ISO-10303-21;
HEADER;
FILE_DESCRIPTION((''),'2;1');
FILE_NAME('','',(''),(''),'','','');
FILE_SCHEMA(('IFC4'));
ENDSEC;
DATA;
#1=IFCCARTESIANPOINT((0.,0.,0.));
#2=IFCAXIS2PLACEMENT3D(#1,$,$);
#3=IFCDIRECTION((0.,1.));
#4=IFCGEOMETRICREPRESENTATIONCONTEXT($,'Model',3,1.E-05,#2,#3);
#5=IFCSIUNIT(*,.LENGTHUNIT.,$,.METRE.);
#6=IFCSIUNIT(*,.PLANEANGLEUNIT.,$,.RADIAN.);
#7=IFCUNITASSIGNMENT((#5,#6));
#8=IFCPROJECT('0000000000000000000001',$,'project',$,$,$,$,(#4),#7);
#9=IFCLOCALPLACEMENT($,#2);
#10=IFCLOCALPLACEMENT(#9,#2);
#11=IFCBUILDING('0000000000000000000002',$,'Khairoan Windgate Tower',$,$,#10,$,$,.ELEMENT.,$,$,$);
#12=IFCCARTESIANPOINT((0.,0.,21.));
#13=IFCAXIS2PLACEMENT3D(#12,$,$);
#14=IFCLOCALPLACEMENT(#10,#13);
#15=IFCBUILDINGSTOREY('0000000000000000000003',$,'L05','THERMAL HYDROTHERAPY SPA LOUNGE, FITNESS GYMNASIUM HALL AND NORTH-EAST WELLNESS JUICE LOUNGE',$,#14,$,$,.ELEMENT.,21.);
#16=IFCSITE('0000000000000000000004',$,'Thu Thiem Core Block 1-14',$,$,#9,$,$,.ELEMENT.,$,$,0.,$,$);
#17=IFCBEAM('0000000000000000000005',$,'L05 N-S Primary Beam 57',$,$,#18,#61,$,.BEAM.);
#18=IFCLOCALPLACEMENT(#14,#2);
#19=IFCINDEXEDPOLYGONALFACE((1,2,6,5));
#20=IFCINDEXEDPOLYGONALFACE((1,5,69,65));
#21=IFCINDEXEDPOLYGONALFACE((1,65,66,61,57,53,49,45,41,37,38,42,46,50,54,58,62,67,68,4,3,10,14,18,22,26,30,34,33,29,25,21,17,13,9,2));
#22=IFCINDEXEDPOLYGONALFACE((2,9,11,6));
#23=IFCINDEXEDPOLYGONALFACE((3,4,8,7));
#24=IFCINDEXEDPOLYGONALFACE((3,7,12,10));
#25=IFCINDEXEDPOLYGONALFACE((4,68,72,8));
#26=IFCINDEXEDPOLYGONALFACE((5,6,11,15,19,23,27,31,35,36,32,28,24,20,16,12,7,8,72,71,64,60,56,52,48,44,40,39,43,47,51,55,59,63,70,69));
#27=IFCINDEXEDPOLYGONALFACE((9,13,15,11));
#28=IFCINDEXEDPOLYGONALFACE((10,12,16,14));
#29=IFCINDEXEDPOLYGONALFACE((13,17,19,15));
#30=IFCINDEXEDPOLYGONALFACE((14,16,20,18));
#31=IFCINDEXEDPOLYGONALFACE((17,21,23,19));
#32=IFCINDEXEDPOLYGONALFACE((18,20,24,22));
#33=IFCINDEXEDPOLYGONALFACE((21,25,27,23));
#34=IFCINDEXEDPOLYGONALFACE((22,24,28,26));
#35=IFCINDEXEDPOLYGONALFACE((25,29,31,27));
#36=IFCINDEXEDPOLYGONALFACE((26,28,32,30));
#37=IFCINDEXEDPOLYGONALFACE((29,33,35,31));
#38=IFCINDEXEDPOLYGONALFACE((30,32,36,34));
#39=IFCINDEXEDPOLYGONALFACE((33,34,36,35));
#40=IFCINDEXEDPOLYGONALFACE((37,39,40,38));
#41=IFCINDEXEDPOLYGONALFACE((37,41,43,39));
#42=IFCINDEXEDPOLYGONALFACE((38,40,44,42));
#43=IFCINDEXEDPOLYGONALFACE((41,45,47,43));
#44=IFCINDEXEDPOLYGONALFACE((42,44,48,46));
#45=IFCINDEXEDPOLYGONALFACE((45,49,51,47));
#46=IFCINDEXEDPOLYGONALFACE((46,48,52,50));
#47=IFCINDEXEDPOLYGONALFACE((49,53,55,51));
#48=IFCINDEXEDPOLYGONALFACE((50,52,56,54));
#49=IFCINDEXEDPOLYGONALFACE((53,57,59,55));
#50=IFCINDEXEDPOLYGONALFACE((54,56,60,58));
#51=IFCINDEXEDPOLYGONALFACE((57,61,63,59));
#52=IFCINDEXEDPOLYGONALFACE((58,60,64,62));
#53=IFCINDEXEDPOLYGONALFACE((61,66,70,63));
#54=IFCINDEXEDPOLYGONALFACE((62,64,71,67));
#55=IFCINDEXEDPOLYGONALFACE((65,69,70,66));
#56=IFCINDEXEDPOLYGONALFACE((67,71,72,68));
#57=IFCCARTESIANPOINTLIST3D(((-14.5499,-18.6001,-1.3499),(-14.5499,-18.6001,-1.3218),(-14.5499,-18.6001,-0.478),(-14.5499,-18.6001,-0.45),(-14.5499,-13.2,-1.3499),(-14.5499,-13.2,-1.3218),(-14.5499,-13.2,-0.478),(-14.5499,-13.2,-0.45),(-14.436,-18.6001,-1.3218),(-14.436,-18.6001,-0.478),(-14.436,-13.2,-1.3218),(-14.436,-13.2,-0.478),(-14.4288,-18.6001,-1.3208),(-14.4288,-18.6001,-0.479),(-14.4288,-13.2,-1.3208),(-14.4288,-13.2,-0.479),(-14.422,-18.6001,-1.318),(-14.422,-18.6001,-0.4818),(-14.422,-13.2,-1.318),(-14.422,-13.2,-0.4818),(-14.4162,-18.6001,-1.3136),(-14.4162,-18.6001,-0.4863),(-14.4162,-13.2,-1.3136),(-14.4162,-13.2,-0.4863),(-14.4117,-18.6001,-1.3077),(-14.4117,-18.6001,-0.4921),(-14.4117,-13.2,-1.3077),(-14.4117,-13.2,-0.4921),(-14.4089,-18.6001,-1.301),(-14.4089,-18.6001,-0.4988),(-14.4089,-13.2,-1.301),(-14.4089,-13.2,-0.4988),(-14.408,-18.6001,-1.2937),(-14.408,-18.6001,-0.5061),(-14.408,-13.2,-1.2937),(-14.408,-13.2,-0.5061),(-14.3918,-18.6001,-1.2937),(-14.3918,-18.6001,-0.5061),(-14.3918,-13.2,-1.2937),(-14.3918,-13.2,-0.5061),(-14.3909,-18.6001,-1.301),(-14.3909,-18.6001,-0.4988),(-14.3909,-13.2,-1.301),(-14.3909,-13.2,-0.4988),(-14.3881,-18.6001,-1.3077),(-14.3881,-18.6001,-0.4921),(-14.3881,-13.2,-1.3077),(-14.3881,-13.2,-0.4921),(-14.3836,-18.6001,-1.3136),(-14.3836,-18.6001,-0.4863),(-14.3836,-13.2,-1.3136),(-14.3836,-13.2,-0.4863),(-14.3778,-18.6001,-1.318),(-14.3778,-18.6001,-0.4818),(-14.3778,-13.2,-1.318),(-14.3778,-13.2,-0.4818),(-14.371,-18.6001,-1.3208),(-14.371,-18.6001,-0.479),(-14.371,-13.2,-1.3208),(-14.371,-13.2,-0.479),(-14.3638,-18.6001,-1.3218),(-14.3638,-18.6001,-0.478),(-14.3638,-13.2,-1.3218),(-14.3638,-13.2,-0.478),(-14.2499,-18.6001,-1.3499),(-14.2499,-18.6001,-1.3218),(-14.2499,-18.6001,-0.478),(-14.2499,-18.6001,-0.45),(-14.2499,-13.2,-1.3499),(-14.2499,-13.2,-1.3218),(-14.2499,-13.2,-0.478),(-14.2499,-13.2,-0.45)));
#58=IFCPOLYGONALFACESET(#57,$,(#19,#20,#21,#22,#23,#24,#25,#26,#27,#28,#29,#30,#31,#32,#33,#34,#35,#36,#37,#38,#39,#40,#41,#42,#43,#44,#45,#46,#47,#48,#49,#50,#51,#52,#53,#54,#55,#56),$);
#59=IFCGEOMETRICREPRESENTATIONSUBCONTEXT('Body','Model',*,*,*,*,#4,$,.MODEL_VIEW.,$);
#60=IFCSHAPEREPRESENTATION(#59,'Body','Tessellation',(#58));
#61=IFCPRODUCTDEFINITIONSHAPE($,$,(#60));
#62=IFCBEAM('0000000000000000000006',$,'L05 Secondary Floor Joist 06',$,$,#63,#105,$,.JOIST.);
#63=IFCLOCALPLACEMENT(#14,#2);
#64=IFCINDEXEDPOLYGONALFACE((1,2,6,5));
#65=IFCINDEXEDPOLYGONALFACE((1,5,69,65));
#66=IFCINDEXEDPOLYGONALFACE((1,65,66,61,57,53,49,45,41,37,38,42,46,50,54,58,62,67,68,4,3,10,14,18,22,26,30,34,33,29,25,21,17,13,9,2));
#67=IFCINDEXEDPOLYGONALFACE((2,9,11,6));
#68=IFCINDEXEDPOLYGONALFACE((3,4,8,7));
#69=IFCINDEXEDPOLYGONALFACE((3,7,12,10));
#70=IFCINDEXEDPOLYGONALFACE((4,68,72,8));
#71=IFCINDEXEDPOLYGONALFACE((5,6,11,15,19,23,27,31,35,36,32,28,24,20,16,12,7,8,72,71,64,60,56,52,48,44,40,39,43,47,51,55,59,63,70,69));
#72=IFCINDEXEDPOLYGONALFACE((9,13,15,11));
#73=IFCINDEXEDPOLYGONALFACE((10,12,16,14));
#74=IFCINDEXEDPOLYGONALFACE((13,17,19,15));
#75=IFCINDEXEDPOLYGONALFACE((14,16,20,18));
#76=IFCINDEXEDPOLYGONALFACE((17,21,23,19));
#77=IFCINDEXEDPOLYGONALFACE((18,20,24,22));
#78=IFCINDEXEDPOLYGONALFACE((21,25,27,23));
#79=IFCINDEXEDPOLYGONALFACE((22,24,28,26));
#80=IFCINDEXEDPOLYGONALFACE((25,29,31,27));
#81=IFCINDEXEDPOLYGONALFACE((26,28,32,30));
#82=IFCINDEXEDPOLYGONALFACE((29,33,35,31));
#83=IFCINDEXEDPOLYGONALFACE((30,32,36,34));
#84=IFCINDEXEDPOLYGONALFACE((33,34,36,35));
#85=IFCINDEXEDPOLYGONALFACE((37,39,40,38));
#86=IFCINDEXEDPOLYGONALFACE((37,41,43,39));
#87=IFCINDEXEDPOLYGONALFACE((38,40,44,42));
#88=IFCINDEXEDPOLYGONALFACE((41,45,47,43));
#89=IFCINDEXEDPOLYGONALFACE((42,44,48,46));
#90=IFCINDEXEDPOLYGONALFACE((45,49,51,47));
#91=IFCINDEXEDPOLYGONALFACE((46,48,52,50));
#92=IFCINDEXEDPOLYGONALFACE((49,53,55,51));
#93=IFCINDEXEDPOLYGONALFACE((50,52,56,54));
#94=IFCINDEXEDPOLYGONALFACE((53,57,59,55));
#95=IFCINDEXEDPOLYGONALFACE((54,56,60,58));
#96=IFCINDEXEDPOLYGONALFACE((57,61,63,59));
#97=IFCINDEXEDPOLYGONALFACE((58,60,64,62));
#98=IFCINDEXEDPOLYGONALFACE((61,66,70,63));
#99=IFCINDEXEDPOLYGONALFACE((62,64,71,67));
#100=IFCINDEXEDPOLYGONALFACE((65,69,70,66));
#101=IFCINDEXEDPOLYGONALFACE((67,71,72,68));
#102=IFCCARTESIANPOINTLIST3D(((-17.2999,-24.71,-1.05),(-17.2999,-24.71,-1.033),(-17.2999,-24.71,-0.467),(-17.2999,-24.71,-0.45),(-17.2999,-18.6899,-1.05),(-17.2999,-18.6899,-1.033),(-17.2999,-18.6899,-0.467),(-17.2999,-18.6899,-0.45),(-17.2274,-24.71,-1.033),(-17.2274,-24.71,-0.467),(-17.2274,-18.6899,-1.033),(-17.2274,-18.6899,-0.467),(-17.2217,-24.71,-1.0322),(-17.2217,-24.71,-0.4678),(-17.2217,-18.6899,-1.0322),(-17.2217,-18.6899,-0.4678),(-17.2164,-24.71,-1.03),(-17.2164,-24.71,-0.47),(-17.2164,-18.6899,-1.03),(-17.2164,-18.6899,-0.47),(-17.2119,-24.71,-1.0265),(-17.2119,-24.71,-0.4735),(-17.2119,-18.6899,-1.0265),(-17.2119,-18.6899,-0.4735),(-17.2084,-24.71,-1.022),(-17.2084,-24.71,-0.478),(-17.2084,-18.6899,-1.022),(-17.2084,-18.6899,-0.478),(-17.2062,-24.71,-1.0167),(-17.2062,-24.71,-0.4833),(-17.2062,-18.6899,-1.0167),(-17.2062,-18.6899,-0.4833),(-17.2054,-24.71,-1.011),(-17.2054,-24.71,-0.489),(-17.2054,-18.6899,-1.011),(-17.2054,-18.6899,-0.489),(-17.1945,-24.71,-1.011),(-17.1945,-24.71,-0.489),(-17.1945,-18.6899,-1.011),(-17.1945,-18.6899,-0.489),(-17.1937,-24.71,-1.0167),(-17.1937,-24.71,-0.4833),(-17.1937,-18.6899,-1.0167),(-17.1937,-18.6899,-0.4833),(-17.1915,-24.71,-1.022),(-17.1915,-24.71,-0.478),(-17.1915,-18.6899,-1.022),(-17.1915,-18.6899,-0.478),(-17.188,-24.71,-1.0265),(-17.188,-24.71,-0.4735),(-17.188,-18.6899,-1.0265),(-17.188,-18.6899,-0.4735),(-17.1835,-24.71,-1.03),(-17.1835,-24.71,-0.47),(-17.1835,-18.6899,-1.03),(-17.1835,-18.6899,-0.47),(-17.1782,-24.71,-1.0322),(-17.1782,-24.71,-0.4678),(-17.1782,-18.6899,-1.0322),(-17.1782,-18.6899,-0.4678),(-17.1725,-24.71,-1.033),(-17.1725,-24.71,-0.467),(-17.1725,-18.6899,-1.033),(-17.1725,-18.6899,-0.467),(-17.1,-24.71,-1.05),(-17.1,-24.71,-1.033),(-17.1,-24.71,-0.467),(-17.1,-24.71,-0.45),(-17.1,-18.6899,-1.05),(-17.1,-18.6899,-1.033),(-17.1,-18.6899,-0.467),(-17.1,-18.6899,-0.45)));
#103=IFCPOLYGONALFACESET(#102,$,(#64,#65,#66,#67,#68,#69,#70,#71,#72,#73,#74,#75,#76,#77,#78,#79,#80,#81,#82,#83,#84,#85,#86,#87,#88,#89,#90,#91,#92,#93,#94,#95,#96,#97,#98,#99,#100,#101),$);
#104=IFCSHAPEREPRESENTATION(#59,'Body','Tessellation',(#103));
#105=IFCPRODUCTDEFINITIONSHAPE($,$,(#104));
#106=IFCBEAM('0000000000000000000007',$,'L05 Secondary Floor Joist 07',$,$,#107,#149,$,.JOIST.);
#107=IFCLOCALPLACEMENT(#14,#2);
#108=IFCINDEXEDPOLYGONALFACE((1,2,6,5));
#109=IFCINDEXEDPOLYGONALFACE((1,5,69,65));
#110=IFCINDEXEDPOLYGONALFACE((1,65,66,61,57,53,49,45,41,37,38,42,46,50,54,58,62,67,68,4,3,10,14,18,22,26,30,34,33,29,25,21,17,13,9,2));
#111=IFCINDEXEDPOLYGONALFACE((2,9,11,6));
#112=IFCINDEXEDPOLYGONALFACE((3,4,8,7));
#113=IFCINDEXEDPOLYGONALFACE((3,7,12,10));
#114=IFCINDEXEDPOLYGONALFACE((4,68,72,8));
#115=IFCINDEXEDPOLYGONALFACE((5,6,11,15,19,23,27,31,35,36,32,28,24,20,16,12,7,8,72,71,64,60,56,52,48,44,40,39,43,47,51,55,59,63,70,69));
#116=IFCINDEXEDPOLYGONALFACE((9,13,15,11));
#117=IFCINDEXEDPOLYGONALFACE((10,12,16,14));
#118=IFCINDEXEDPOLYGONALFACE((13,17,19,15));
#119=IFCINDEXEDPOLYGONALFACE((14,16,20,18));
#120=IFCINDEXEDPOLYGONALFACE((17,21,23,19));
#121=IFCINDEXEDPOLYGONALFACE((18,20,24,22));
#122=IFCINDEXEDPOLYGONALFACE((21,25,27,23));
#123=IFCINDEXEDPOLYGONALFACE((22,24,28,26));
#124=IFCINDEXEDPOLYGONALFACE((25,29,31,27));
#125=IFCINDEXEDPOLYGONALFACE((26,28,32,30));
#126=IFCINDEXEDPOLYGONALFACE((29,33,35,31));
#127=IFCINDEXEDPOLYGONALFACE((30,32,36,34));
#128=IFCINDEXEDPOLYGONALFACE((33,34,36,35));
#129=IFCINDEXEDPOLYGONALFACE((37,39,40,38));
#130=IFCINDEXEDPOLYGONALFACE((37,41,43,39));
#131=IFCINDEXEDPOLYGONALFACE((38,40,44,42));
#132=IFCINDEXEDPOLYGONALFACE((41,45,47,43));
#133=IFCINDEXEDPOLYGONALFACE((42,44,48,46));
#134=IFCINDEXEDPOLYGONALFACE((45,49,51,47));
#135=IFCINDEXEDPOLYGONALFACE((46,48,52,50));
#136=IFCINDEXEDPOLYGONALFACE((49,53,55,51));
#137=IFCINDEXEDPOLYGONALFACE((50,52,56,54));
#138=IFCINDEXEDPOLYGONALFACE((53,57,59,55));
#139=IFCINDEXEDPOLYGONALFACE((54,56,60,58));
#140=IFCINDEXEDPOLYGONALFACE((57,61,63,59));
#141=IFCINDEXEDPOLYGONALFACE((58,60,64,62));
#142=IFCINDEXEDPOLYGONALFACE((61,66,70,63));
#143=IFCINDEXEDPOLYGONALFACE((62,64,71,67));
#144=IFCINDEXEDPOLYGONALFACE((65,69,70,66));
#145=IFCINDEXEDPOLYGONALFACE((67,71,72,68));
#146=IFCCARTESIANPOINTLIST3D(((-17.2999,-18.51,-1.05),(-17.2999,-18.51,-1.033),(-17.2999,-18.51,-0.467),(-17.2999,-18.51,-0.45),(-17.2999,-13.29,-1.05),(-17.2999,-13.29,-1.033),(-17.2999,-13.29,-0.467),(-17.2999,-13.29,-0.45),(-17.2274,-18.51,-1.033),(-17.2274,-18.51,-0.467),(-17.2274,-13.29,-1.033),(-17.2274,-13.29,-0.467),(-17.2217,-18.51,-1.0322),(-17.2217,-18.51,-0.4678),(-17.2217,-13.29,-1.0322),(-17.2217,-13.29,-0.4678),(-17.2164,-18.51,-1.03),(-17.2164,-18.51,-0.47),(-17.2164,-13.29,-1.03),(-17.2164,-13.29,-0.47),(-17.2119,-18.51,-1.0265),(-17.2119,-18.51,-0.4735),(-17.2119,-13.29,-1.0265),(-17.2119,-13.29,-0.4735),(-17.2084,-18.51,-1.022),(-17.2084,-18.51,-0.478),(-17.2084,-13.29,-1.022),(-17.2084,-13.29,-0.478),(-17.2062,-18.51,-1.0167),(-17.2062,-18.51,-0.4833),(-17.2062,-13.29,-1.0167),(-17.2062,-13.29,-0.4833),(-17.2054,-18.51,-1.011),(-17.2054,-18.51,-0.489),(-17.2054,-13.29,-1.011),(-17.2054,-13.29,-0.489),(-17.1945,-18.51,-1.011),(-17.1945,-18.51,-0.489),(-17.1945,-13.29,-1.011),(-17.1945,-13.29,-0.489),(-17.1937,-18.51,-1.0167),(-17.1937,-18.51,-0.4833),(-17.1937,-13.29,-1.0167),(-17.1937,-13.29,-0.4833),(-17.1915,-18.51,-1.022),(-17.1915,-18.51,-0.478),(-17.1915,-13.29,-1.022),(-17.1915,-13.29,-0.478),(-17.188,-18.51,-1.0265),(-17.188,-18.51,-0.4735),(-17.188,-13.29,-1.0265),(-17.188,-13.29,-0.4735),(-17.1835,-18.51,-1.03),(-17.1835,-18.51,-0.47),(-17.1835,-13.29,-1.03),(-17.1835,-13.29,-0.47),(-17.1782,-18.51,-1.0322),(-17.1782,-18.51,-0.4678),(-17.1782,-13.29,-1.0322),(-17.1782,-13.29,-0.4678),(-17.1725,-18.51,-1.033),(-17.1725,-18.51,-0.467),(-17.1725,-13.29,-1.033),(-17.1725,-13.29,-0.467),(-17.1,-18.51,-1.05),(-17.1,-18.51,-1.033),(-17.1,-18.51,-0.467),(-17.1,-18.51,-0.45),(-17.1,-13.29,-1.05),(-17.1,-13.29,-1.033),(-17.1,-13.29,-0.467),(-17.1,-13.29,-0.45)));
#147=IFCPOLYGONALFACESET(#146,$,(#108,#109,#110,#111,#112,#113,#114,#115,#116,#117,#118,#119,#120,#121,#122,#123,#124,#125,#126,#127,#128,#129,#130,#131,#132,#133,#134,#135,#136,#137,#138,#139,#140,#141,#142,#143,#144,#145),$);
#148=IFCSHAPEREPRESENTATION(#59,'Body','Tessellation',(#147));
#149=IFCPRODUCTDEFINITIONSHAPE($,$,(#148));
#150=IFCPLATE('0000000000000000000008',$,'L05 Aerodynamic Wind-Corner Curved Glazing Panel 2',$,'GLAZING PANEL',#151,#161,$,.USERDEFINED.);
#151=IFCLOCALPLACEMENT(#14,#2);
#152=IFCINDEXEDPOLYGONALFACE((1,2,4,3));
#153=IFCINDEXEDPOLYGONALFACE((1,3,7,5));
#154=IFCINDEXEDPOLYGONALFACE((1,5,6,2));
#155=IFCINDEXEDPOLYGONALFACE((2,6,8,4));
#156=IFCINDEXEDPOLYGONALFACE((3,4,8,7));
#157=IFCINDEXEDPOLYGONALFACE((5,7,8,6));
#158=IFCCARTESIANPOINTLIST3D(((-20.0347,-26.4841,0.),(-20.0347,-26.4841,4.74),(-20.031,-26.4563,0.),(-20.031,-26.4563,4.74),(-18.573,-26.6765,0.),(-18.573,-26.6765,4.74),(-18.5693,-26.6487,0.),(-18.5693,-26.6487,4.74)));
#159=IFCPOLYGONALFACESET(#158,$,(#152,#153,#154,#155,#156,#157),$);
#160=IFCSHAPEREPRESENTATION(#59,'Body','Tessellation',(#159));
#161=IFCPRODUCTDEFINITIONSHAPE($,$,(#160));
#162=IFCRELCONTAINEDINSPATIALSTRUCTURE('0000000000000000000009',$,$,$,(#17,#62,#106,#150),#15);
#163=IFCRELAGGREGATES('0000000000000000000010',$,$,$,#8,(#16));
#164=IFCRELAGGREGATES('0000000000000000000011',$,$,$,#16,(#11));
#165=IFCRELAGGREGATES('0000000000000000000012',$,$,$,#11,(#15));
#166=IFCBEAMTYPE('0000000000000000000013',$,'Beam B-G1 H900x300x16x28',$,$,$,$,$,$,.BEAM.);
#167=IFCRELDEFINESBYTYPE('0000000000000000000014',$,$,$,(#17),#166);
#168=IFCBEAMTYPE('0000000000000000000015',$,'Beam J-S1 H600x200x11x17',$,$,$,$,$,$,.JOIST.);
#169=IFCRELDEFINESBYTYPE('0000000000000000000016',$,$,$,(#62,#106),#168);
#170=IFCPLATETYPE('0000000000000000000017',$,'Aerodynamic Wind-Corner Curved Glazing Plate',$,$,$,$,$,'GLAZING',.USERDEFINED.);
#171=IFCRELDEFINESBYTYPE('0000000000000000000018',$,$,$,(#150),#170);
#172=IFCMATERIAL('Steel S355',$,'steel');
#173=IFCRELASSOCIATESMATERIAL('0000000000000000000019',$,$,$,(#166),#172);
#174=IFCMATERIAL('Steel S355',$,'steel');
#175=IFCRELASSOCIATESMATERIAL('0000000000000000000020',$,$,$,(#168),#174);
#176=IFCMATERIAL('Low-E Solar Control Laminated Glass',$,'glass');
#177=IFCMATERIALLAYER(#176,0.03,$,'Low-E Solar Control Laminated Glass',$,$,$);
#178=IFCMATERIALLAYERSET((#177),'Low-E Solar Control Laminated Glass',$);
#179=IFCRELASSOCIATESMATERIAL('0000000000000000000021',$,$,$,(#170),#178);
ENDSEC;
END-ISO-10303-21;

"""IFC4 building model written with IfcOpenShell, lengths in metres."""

from ifc_helpers import new_model, si_unit, direction, frame, origin, origin_2d, place, context, subcontext, project, spatial, rectangle, i_section, extrude, material, layer, layer_set, material_profile, profile_set, type_object, element, save


model = new_model("IFC4")

# Units and contexts
model_context = context("Model", 3, precision=1e-05, world=origin(), true_north=direction((0.0, 1.0)))
body_context = subcontext(model_context, "Body", "Model", "MODEL_VIEW")
ifc_project = project(units=[si_unit("LENGTHUNIT", "METRE"), si_unit("PLANEANGLEUNIT", "RADIAN")], contexts=[model_context])

# Site, building, storey
site_placement = place(None, origin())
site = spatial("IfcSite", under=ifc_project, at=site_placement, Name="Thu Thiem Core Block 1-14", CompositionType="ELEMENT", RefElevation=0.0)
building_placement = place(site_placement, origin())
building = spatial("IfcBuilding", under=site, at=building_placement, Name="Khairoan Windgate Tower", CompositionType="ELEMENT")
storey_placement = place(building_placement, frame((0.0, 0.0, 21.0)))
storey = spatial("IfcBuildingStorey", under=building, at=storey_placement, Name="L05", Description="THERMAL HYDROTHERAPY SPA LOUNGE, FITNESS GYMNASIUM HALL AND NORTH-EAST WELLNESS JUICE LOUNGE", CompositionType="ELEMENT", Elevation=21.0)

# Beams
ifc_material_1 = material(Name="Steel S355", Category="steel")
ifc_material_profile_1 = material_profile(ifc_material_1, i_section(OverallWidth=0.3, OverallDepth=0.8999, WebThickness=0.0161, FlangeThickness=0.0281, FilletRadius=0.0281, at=origin_2d()))
ifc_profile_set_1 = profile_set([ifc_material_profile_1], Name="Steel S355")
beam_type_1 = type_object("IfcBeamType", Name="Beam B-G1 H900x300x16x28", PredefinedType="BEAM", material=ifc_profile_set_1)
beam_1_placement = place(storey_placement, frame((-14.3999, -18.6001, -0.8999), z_axis=(0.0, 1.0, 0.0), x_axis=(-1.0, 0.0, 0.0)))
element("IfcBeam", 1, at=beam_1_placement, inside=storey, type_object=beam_type_1, Name="L05 N-S Primary Beam 57", PredefinedType="BEAM", context=body_context, shape_type="SweptSolid", body=[
    extrude(i_section(OverallWidth=0.3, OverallDepth=0.8999, WebThickness=0.0161, FlangeThickness=0.0281, FilletRadius=0.0281, at=origin_2d()), origin(), (0.0, 0.0, 1.0), 5.4001),
])
ifc_material_2 = material(Name="Steel S355", Category="steel")
ifc_material_profile_2 = material_profile(ifc_material_2, i_section(OverallWidth=0.2, OverallDepth=0.6001, WebThickness=0.011, FlangeThickness=0.0171, FilletRadius=0.022, at=origin_2d()))
ifc_profile_set_2 = profile_set([ifc_material_profile_2], Name="Steel S355")
beam_type_2 = type_object("IfcBeamType", Name="Beam J-S1 H600x200x11x17", PredefinedType="JOIST", material=ifc_profile_set_2)
beam_2_placement = place(storey_placement, frame((-17.2, -24.71, -0.75), z_axis=(0.0, 1.0, 0.0), x_axis=(-1.0, 0.0, 0.0)))
element("IfcBeam", 2, at=beam_2_placement, inside=storey, type_object=beam_type_2, Name="L05 Secondary Floor Joist 06", PredefinedType="JOIST", context=body_context, shape_type="SweptSolid", body=[
    extrude(i_section(OverallWidth=0.2, OverallDepth=0.6001, WebThickness=0.011, FlangeThickness=0.0171, FilletRadius=0.022, at=origin_2d()), origin(), (0.0, 0.0, 1.0), 6.02),
])
beam_3_placement = place(storey_placement, frame((-17.2, -18.51, -0.75), z_axis=(0.0, 1.0, 0.0), x_axis=(-1.0, 0.0, 0.0)))
element("IfcBeam", 3, at=beam_3_placement, inside=storey, type_object=beam_type_2, Name="L05 Secondary Floor Joist 07", PredefinedType="JOIST", context=body_context, shape_type="SweptSolid", body=[
    extrude(i_section(OverallWidth=0.2, OverallDepth=0.6001, WebThickness=0.011, FlangeThickness=0.0171, FilletRadius=0.022, at=origin_2d()), origin(), (0.0, 0.0, 1.0), 5.22),
])

# Plate
ifc_material_3 = material(Name="Low-E Solar Control Laminated Glass", Category="glass")
ifc_layer_1 = layer(ifc_material_3, 0.03, Name="Low-E Solar Control Laminated Glass")
ifc_layer_set_1 = layer_set([ifc_layer_1], Name="Low-E Solar Control Laminated Glass")
plate_type = type_object("IfcPlateType", Name="Aerodynamic Wind-Corner Curved Glazing Plate", ElementType="GLAZING", PredefinedType="USERDEFINED", material=ifc_layer_set_1)
plate_placement = place(storey_placement, frame((-19.302, -26.5664, 0.0), z_axis=(0.0, 0.0, 1.0), x_axis=(-0.991445, 0.130526, 0.0)))
element("IfcPlate", 4, at=plate_placement, inside=storey, type_object=plate_type, Name="L05 Aerodynamic Wind-Corner Curved Glazing Panel 2", ObjectType="GLAZING PANEL", PredefinedType="USERDEFINED", context=body_context, shape_type="SweptSolid", body=[
    extrude(rectangle(XDim=1.4744, YDim=0.0281, at=origin_2d()), origin(), (0.0, 0.0, 1.0), 4.74),
])

save(model, "model.ifc")
